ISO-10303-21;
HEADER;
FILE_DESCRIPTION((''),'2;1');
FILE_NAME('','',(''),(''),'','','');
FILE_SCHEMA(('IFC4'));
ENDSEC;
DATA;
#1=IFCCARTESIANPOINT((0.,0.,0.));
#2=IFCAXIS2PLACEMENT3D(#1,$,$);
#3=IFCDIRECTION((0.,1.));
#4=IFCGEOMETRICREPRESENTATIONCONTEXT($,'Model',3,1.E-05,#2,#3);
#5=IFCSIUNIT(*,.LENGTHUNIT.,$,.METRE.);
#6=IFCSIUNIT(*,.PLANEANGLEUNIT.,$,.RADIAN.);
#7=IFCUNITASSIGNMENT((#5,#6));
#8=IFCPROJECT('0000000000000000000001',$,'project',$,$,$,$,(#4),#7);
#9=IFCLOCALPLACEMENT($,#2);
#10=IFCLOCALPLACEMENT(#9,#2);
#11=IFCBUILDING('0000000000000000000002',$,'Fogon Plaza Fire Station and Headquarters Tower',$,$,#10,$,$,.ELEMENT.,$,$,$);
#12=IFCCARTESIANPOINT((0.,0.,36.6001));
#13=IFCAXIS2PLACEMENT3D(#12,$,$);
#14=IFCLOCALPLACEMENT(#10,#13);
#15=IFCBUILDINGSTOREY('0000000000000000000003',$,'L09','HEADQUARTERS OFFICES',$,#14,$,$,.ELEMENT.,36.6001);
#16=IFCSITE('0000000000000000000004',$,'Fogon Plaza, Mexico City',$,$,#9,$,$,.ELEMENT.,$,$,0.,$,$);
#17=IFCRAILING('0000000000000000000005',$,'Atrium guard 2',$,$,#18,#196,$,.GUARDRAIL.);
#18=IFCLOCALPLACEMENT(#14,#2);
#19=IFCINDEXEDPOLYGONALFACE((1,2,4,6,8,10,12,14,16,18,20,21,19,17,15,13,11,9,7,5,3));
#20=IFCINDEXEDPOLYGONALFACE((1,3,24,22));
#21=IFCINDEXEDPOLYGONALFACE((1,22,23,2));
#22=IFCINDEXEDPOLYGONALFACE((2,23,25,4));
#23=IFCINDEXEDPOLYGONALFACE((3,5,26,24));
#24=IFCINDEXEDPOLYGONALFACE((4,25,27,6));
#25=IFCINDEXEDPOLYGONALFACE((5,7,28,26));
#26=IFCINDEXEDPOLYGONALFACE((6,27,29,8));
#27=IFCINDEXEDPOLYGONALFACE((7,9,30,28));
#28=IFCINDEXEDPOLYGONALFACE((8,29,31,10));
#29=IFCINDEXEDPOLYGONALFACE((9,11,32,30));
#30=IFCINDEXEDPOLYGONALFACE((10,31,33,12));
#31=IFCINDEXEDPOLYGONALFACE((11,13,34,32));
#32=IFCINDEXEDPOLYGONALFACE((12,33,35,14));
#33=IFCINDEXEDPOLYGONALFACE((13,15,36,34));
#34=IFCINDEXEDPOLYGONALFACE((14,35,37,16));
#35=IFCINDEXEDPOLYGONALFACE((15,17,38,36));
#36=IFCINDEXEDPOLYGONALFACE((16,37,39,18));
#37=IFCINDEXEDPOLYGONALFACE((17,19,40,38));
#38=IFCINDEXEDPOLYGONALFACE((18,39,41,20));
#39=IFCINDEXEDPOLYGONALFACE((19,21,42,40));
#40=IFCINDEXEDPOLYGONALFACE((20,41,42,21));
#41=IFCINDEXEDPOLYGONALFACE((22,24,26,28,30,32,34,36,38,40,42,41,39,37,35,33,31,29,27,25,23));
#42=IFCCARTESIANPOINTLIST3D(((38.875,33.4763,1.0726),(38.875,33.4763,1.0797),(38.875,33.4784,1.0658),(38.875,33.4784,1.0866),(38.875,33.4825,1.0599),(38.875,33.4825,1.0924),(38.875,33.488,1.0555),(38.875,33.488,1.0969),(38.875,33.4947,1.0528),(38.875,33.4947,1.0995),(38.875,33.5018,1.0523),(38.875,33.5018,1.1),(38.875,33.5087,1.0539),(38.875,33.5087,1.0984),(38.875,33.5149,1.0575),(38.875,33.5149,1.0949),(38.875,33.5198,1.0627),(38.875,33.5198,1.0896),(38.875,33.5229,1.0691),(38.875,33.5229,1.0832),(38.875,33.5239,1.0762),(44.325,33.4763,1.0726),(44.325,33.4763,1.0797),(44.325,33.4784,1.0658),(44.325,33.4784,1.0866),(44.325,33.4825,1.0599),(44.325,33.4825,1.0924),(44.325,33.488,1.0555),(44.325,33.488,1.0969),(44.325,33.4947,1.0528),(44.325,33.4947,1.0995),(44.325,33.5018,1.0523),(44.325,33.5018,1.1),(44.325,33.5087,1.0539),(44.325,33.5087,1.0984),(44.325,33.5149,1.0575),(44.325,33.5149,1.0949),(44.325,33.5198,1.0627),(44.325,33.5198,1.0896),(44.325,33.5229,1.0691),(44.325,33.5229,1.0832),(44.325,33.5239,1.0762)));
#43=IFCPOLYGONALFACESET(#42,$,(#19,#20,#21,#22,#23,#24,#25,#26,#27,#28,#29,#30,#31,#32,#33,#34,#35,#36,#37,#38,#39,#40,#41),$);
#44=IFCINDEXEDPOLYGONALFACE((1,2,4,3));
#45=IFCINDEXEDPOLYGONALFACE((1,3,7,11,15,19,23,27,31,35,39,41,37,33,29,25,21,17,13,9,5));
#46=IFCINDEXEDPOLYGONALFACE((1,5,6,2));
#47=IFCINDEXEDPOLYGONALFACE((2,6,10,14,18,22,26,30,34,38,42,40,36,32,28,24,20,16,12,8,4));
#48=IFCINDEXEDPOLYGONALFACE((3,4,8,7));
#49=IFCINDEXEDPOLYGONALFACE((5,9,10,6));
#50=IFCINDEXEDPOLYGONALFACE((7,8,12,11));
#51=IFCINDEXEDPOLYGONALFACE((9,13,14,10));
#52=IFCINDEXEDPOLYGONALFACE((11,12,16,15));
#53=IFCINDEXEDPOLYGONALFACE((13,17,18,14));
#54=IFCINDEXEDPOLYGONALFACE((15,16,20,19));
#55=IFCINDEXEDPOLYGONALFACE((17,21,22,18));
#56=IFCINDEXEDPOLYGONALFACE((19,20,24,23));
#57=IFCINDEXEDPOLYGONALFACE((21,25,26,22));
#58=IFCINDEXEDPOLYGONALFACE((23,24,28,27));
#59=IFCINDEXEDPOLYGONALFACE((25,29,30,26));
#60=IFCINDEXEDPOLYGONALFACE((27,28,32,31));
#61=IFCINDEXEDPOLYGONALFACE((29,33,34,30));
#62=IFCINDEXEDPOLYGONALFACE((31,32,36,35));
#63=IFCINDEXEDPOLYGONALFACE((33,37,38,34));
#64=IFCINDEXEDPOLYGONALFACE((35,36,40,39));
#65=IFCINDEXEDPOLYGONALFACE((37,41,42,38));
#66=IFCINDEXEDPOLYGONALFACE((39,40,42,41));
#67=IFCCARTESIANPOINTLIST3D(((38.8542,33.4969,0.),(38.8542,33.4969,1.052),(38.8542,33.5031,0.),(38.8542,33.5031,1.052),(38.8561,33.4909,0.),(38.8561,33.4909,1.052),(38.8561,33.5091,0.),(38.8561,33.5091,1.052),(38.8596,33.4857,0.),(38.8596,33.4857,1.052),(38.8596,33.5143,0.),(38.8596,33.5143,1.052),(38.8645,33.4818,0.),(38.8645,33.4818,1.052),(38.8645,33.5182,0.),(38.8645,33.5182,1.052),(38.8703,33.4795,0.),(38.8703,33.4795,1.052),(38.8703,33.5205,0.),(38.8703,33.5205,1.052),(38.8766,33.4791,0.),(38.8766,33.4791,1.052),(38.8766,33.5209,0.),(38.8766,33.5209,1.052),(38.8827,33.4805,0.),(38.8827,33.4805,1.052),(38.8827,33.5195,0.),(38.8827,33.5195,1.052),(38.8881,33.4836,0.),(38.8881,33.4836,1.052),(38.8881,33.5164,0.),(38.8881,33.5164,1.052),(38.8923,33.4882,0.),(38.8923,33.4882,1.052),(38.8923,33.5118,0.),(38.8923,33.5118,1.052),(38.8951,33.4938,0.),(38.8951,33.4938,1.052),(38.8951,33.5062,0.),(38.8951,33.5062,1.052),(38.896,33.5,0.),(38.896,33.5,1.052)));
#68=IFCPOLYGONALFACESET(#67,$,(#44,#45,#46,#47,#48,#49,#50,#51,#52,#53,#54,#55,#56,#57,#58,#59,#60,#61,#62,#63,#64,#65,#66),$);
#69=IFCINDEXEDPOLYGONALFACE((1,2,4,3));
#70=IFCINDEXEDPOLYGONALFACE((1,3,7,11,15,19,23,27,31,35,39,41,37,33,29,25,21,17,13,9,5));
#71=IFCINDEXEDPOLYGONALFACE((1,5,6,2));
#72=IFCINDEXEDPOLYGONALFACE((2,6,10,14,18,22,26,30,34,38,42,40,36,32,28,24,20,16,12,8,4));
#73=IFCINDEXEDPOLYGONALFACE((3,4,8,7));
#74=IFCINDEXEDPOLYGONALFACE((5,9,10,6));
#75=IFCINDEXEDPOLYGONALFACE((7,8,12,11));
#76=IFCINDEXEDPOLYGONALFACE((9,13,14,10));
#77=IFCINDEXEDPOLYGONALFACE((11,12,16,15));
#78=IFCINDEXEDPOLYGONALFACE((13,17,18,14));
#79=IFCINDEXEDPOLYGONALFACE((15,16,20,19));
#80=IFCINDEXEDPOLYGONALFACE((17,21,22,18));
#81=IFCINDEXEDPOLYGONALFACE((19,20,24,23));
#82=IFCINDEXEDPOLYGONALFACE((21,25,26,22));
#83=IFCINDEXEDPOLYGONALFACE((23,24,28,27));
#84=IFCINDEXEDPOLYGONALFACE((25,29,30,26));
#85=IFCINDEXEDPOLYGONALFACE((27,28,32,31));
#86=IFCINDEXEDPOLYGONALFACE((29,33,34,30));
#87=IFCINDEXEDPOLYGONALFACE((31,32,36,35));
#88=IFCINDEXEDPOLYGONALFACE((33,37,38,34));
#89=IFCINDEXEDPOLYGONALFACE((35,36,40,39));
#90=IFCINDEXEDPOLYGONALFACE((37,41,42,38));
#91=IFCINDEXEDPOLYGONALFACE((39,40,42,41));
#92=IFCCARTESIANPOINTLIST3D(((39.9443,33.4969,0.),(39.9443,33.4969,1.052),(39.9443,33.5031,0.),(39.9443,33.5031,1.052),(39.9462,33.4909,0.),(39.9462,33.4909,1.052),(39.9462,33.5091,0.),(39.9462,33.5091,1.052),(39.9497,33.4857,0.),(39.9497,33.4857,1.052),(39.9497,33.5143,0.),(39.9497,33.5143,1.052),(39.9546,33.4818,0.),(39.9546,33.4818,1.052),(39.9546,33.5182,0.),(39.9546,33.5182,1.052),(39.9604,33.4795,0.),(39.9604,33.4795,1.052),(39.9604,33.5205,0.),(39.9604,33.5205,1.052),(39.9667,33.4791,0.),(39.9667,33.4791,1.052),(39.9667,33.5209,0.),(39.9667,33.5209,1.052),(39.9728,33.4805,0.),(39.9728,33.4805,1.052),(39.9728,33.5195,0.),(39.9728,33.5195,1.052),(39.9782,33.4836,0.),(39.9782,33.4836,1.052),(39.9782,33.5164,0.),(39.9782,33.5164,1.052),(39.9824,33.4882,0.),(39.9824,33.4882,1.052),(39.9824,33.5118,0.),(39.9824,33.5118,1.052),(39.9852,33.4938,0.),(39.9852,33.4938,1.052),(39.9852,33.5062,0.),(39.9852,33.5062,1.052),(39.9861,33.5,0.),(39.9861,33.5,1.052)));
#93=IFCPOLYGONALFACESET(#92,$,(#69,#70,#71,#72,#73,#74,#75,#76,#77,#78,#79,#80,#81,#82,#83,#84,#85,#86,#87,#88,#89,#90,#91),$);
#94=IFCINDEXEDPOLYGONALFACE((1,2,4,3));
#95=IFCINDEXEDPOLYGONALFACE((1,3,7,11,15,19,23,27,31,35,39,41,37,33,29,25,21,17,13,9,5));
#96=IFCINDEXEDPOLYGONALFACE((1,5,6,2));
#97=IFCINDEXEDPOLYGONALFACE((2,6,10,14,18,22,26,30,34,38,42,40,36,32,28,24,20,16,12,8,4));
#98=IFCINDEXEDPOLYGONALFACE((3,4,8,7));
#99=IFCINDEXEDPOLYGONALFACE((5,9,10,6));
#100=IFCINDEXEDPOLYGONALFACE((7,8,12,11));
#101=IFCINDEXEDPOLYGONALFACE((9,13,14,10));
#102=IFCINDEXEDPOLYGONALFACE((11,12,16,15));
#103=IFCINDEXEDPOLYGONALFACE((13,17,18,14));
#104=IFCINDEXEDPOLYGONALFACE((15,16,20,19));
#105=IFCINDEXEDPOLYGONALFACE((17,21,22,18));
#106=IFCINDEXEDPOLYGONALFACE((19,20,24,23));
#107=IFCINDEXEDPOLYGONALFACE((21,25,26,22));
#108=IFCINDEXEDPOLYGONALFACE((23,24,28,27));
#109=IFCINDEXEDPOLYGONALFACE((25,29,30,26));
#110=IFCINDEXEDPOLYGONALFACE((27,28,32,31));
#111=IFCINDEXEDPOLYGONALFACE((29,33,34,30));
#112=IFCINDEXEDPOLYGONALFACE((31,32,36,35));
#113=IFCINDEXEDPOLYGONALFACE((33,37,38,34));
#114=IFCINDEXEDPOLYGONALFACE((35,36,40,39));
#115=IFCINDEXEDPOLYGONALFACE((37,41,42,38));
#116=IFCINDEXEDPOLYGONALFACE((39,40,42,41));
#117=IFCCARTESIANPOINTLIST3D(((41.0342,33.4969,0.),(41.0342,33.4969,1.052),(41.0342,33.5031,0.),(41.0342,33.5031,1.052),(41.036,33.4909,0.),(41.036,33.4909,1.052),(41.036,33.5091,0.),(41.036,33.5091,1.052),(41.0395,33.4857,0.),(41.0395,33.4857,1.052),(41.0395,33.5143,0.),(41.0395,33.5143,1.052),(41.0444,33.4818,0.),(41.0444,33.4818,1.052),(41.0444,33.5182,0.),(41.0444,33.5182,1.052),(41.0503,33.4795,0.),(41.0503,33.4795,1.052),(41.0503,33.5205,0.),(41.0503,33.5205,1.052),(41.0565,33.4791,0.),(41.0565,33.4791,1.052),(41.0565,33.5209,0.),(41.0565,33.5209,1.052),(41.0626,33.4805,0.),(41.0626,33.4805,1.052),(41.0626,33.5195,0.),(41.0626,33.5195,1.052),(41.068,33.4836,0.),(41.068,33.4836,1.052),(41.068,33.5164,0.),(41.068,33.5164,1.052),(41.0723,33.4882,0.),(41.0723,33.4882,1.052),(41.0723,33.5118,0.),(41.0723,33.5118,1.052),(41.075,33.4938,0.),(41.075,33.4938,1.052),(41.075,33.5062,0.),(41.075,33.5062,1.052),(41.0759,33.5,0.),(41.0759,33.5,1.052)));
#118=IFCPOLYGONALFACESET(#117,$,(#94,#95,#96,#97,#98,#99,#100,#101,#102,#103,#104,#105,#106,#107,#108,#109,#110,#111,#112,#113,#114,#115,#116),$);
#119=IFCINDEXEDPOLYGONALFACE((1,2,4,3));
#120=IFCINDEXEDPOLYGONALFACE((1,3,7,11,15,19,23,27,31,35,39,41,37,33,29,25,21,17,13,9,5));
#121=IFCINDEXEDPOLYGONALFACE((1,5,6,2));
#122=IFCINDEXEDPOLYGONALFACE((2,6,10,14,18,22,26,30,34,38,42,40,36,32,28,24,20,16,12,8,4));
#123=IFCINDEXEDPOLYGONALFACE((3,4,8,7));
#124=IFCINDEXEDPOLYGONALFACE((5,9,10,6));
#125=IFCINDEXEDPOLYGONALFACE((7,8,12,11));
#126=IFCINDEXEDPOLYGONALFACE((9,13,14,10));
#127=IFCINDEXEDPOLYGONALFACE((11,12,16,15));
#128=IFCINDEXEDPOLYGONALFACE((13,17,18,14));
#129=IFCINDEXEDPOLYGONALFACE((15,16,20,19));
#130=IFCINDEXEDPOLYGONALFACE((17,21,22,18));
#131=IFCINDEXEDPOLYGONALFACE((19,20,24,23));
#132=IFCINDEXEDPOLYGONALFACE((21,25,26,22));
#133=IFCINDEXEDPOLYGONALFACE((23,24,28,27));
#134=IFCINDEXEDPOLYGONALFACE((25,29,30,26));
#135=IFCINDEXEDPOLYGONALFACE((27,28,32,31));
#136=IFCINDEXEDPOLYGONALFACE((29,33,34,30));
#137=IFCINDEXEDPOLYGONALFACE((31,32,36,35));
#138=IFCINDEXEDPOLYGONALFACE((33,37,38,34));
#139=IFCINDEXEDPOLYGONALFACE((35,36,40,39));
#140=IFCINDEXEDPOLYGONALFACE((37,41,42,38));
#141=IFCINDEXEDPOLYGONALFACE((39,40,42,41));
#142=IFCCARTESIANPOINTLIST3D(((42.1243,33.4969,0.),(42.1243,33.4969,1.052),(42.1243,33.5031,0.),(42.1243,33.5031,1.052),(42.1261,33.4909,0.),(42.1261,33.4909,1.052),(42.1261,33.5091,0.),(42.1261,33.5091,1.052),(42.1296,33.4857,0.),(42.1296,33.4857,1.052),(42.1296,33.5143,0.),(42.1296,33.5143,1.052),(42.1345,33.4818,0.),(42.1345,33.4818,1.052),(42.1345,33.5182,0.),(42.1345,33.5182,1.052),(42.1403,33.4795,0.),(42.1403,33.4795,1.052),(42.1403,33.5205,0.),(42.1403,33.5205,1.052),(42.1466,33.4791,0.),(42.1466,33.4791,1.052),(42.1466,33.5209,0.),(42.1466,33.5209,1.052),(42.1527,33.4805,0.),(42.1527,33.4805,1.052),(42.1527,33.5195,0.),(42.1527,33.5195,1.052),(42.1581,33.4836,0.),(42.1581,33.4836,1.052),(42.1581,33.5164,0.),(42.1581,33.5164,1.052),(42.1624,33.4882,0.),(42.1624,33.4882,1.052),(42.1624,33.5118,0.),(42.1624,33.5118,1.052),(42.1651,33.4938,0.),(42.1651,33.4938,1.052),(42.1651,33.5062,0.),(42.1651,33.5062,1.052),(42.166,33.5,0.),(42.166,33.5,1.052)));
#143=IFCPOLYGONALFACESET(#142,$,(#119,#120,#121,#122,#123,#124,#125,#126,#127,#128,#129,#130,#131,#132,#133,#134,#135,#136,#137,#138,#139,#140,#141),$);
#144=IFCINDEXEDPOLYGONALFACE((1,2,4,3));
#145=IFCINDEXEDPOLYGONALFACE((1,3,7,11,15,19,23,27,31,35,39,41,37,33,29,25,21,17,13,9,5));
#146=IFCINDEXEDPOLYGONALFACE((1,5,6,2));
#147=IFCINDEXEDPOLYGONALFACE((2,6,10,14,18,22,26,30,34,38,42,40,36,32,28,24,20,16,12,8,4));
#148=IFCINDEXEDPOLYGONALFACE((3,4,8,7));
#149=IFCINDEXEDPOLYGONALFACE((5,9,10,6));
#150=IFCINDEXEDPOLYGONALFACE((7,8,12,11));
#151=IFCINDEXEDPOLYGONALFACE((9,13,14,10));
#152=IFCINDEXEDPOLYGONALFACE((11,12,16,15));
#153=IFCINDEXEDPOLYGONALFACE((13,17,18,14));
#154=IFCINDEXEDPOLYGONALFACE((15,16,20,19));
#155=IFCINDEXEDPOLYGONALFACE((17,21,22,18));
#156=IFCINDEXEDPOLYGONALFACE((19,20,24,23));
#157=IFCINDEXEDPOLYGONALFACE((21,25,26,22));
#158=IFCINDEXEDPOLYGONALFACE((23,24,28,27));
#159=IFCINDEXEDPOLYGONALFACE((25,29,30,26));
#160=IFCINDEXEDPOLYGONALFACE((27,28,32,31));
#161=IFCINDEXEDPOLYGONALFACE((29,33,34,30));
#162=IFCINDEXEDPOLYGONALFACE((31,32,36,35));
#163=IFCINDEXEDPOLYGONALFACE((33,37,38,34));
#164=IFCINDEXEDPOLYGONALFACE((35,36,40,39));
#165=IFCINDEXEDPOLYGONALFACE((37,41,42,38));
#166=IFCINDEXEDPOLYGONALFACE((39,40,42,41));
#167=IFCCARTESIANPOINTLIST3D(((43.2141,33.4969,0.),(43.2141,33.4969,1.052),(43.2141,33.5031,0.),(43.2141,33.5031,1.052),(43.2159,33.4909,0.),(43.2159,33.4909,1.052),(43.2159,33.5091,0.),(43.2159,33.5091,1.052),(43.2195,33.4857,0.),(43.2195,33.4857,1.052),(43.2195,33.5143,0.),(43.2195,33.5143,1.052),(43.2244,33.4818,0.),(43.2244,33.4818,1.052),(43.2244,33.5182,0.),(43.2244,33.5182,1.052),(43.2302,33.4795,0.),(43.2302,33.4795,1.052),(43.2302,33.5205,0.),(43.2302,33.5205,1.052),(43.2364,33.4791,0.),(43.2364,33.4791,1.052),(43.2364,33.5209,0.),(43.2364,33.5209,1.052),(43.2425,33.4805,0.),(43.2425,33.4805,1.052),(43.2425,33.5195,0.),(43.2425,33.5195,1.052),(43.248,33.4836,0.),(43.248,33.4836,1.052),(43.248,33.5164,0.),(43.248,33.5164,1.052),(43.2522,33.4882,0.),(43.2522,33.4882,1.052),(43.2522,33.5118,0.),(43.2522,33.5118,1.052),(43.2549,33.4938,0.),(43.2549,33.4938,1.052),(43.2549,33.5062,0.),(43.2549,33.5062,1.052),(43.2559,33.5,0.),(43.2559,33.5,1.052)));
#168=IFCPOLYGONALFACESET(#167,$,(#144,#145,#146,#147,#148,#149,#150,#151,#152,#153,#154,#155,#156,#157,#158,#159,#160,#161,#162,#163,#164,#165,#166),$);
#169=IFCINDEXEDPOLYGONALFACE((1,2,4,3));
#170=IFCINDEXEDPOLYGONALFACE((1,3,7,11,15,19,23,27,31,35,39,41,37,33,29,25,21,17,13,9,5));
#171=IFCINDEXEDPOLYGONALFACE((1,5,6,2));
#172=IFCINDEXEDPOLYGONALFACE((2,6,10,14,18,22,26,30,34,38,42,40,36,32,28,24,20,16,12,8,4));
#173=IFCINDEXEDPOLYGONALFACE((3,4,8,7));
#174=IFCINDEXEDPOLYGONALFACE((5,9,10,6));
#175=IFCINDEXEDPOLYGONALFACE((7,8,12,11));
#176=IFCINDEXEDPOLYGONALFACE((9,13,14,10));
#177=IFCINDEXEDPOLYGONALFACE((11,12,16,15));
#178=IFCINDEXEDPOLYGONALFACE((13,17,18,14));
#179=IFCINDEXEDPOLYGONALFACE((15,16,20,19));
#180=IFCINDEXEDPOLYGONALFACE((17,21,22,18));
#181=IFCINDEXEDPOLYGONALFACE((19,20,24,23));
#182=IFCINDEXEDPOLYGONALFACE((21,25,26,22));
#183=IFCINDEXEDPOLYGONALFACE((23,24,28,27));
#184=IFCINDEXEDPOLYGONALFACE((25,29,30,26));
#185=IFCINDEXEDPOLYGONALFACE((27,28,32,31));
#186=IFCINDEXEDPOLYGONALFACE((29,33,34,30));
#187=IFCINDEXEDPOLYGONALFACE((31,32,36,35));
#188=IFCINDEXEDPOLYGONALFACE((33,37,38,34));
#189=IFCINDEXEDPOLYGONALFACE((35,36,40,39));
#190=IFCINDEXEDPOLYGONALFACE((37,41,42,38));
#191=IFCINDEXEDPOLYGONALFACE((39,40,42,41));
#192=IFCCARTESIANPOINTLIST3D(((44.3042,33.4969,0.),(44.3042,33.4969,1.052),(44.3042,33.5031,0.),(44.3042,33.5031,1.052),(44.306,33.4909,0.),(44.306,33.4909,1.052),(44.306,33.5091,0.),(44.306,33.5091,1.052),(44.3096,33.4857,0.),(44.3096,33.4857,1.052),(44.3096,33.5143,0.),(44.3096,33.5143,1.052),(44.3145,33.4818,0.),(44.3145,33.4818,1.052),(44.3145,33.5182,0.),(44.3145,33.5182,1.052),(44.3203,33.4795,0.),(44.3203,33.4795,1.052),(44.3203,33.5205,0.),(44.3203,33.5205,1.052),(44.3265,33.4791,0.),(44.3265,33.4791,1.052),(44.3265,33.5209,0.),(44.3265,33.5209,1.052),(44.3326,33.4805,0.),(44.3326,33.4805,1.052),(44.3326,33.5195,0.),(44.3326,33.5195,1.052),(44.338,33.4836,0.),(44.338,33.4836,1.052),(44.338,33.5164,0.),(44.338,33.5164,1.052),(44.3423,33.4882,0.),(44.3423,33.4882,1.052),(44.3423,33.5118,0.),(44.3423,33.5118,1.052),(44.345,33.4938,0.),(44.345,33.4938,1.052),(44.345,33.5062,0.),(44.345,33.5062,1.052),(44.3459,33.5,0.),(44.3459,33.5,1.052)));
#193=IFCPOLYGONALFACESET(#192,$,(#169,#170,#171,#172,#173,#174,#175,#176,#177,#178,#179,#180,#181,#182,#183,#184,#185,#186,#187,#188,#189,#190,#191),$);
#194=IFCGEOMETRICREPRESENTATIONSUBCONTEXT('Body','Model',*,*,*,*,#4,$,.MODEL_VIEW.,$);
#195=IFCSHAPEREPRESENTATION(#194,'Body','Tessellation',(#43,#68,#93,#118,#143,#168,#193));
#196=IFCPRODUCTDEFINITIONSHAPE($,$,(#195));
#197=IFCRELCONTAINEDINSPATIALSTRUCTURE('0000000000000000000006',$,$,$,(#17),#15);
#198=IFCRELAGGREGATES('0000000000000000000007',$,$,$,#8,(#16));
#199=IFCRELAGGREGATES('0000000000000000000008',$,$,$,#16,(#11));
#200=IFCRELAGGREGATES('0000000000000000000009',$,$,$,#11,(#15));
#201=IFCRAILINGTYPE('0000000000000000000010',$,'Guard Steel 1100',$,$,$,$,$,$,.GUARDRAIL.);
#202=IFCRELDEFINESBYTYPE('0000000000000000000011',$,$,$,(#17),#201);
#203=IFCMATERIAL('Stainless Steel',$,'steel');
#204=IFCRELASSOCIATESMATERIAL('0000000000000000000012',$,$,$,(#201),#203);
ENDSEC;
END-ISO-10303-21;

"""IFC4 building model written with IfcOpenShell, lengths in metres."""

from ifc_helpers import new_model, si_unit, direction, frame, origin, origin_2d, place, context, subcontext, project, spatial, circle, extrude, material, type_object, element, save


model = new_model("IFC4")

# Units and contexts
model_context = context("Model", 3, precision=1e-05, world=origin(), true_north=direction((0.0, 1.0)))
body_context = subcontext(model_context, "Body", "Model", "MODEL_VIEW")
ifc_project = project(units=[si_unit("LENGTHUNIT", "METRE"), si_unit("PLANEANGLEUNIT", "RADIAN")], contexts=[model_context])

# Site, building, storey
site_placement = place(None, origin())
site = spatial("IfcSite", under=ifc_project, at=site_placement, Name="Fogon Plaza, Mexico City", CompositionType="ELEMENT", RefElevation=0.0)
building_placement = place(site_placement, origin())
building = spatial("IfcBuilding", under=site, at=building_placement, Name="Fogon Plaza Fire Station and Headquarters Tower", CompositionType="ELEMENT")
storey_placement = place(building_placement, frame((0.0, 0.0, 36.6001)))
storey = spatial("IfcBuildingStorey", under=building, at=storey_placement, Name="L09", Description="HEADQUARTERS OFFICES", CompositionType="ELEMENT", Elevation=36.6001)

# Railing
ifc_material_1 = material(Name="Stainless Steel", Category="steel")
railing_type = type_object("IfcRailingType", Name="Guard Steel 1100", PredefinedType="GUARDRAIL", material=ifc_material_1)
railing_placement = place(storey_placement, frame((38.875, 33.5, 0.0)))
element("IfcRailing", 1, at=railing_placement, inside=storey, type_object=railing_type, Name="Atrium guard 2", PredefinedType="GUARDRAIL", context=body_context, shape_type="SweptSolid", body=[
    extrude(circle(Radius=0.0239, at=origin_2d()), frame((0.0, 0.0, 1.0762), z_axis=(1.0, 0.0, 0.0), x_axis=(0.0, 1.0, 0.0)), (0.0, 0.0, 1.0), 5.45),
    extrude(circle(Radius=0.021, at=origin_2d()), origin(), (0.0, 0.0, 1.0), 1.052),
    extrude(circle(Radius=0.021, at=origin_2d()), frame((1.0901, 0.0, 0.0)), (0.0, 0.0, 1.0), 1.052),
    extrude(circle(Radius=0.021, at=origin_2d()), frame((2.1799, 0.0, 0.0)), (0.0, 0.0, 1.0), 1.052),
    extrude(circle(Radius=0.021, at=origin_2d()), frame((3.27, 0.0, 0.0)), (0.0, 0.0, 1.0), 1.052),
    extrude(circle(Radius=0.021, at=origin_2d()), frame((4.3599, 0.0, 0.0)), (0.0, 0.0, 1.0), 1.052),
    extrude(circle(Radius=0.021, at=origin_2d()), frame((5.45, 0.0, 0.0)), (0.0, 0.0, 1.0), 1.052),
])

save(model, "model.ifc")
